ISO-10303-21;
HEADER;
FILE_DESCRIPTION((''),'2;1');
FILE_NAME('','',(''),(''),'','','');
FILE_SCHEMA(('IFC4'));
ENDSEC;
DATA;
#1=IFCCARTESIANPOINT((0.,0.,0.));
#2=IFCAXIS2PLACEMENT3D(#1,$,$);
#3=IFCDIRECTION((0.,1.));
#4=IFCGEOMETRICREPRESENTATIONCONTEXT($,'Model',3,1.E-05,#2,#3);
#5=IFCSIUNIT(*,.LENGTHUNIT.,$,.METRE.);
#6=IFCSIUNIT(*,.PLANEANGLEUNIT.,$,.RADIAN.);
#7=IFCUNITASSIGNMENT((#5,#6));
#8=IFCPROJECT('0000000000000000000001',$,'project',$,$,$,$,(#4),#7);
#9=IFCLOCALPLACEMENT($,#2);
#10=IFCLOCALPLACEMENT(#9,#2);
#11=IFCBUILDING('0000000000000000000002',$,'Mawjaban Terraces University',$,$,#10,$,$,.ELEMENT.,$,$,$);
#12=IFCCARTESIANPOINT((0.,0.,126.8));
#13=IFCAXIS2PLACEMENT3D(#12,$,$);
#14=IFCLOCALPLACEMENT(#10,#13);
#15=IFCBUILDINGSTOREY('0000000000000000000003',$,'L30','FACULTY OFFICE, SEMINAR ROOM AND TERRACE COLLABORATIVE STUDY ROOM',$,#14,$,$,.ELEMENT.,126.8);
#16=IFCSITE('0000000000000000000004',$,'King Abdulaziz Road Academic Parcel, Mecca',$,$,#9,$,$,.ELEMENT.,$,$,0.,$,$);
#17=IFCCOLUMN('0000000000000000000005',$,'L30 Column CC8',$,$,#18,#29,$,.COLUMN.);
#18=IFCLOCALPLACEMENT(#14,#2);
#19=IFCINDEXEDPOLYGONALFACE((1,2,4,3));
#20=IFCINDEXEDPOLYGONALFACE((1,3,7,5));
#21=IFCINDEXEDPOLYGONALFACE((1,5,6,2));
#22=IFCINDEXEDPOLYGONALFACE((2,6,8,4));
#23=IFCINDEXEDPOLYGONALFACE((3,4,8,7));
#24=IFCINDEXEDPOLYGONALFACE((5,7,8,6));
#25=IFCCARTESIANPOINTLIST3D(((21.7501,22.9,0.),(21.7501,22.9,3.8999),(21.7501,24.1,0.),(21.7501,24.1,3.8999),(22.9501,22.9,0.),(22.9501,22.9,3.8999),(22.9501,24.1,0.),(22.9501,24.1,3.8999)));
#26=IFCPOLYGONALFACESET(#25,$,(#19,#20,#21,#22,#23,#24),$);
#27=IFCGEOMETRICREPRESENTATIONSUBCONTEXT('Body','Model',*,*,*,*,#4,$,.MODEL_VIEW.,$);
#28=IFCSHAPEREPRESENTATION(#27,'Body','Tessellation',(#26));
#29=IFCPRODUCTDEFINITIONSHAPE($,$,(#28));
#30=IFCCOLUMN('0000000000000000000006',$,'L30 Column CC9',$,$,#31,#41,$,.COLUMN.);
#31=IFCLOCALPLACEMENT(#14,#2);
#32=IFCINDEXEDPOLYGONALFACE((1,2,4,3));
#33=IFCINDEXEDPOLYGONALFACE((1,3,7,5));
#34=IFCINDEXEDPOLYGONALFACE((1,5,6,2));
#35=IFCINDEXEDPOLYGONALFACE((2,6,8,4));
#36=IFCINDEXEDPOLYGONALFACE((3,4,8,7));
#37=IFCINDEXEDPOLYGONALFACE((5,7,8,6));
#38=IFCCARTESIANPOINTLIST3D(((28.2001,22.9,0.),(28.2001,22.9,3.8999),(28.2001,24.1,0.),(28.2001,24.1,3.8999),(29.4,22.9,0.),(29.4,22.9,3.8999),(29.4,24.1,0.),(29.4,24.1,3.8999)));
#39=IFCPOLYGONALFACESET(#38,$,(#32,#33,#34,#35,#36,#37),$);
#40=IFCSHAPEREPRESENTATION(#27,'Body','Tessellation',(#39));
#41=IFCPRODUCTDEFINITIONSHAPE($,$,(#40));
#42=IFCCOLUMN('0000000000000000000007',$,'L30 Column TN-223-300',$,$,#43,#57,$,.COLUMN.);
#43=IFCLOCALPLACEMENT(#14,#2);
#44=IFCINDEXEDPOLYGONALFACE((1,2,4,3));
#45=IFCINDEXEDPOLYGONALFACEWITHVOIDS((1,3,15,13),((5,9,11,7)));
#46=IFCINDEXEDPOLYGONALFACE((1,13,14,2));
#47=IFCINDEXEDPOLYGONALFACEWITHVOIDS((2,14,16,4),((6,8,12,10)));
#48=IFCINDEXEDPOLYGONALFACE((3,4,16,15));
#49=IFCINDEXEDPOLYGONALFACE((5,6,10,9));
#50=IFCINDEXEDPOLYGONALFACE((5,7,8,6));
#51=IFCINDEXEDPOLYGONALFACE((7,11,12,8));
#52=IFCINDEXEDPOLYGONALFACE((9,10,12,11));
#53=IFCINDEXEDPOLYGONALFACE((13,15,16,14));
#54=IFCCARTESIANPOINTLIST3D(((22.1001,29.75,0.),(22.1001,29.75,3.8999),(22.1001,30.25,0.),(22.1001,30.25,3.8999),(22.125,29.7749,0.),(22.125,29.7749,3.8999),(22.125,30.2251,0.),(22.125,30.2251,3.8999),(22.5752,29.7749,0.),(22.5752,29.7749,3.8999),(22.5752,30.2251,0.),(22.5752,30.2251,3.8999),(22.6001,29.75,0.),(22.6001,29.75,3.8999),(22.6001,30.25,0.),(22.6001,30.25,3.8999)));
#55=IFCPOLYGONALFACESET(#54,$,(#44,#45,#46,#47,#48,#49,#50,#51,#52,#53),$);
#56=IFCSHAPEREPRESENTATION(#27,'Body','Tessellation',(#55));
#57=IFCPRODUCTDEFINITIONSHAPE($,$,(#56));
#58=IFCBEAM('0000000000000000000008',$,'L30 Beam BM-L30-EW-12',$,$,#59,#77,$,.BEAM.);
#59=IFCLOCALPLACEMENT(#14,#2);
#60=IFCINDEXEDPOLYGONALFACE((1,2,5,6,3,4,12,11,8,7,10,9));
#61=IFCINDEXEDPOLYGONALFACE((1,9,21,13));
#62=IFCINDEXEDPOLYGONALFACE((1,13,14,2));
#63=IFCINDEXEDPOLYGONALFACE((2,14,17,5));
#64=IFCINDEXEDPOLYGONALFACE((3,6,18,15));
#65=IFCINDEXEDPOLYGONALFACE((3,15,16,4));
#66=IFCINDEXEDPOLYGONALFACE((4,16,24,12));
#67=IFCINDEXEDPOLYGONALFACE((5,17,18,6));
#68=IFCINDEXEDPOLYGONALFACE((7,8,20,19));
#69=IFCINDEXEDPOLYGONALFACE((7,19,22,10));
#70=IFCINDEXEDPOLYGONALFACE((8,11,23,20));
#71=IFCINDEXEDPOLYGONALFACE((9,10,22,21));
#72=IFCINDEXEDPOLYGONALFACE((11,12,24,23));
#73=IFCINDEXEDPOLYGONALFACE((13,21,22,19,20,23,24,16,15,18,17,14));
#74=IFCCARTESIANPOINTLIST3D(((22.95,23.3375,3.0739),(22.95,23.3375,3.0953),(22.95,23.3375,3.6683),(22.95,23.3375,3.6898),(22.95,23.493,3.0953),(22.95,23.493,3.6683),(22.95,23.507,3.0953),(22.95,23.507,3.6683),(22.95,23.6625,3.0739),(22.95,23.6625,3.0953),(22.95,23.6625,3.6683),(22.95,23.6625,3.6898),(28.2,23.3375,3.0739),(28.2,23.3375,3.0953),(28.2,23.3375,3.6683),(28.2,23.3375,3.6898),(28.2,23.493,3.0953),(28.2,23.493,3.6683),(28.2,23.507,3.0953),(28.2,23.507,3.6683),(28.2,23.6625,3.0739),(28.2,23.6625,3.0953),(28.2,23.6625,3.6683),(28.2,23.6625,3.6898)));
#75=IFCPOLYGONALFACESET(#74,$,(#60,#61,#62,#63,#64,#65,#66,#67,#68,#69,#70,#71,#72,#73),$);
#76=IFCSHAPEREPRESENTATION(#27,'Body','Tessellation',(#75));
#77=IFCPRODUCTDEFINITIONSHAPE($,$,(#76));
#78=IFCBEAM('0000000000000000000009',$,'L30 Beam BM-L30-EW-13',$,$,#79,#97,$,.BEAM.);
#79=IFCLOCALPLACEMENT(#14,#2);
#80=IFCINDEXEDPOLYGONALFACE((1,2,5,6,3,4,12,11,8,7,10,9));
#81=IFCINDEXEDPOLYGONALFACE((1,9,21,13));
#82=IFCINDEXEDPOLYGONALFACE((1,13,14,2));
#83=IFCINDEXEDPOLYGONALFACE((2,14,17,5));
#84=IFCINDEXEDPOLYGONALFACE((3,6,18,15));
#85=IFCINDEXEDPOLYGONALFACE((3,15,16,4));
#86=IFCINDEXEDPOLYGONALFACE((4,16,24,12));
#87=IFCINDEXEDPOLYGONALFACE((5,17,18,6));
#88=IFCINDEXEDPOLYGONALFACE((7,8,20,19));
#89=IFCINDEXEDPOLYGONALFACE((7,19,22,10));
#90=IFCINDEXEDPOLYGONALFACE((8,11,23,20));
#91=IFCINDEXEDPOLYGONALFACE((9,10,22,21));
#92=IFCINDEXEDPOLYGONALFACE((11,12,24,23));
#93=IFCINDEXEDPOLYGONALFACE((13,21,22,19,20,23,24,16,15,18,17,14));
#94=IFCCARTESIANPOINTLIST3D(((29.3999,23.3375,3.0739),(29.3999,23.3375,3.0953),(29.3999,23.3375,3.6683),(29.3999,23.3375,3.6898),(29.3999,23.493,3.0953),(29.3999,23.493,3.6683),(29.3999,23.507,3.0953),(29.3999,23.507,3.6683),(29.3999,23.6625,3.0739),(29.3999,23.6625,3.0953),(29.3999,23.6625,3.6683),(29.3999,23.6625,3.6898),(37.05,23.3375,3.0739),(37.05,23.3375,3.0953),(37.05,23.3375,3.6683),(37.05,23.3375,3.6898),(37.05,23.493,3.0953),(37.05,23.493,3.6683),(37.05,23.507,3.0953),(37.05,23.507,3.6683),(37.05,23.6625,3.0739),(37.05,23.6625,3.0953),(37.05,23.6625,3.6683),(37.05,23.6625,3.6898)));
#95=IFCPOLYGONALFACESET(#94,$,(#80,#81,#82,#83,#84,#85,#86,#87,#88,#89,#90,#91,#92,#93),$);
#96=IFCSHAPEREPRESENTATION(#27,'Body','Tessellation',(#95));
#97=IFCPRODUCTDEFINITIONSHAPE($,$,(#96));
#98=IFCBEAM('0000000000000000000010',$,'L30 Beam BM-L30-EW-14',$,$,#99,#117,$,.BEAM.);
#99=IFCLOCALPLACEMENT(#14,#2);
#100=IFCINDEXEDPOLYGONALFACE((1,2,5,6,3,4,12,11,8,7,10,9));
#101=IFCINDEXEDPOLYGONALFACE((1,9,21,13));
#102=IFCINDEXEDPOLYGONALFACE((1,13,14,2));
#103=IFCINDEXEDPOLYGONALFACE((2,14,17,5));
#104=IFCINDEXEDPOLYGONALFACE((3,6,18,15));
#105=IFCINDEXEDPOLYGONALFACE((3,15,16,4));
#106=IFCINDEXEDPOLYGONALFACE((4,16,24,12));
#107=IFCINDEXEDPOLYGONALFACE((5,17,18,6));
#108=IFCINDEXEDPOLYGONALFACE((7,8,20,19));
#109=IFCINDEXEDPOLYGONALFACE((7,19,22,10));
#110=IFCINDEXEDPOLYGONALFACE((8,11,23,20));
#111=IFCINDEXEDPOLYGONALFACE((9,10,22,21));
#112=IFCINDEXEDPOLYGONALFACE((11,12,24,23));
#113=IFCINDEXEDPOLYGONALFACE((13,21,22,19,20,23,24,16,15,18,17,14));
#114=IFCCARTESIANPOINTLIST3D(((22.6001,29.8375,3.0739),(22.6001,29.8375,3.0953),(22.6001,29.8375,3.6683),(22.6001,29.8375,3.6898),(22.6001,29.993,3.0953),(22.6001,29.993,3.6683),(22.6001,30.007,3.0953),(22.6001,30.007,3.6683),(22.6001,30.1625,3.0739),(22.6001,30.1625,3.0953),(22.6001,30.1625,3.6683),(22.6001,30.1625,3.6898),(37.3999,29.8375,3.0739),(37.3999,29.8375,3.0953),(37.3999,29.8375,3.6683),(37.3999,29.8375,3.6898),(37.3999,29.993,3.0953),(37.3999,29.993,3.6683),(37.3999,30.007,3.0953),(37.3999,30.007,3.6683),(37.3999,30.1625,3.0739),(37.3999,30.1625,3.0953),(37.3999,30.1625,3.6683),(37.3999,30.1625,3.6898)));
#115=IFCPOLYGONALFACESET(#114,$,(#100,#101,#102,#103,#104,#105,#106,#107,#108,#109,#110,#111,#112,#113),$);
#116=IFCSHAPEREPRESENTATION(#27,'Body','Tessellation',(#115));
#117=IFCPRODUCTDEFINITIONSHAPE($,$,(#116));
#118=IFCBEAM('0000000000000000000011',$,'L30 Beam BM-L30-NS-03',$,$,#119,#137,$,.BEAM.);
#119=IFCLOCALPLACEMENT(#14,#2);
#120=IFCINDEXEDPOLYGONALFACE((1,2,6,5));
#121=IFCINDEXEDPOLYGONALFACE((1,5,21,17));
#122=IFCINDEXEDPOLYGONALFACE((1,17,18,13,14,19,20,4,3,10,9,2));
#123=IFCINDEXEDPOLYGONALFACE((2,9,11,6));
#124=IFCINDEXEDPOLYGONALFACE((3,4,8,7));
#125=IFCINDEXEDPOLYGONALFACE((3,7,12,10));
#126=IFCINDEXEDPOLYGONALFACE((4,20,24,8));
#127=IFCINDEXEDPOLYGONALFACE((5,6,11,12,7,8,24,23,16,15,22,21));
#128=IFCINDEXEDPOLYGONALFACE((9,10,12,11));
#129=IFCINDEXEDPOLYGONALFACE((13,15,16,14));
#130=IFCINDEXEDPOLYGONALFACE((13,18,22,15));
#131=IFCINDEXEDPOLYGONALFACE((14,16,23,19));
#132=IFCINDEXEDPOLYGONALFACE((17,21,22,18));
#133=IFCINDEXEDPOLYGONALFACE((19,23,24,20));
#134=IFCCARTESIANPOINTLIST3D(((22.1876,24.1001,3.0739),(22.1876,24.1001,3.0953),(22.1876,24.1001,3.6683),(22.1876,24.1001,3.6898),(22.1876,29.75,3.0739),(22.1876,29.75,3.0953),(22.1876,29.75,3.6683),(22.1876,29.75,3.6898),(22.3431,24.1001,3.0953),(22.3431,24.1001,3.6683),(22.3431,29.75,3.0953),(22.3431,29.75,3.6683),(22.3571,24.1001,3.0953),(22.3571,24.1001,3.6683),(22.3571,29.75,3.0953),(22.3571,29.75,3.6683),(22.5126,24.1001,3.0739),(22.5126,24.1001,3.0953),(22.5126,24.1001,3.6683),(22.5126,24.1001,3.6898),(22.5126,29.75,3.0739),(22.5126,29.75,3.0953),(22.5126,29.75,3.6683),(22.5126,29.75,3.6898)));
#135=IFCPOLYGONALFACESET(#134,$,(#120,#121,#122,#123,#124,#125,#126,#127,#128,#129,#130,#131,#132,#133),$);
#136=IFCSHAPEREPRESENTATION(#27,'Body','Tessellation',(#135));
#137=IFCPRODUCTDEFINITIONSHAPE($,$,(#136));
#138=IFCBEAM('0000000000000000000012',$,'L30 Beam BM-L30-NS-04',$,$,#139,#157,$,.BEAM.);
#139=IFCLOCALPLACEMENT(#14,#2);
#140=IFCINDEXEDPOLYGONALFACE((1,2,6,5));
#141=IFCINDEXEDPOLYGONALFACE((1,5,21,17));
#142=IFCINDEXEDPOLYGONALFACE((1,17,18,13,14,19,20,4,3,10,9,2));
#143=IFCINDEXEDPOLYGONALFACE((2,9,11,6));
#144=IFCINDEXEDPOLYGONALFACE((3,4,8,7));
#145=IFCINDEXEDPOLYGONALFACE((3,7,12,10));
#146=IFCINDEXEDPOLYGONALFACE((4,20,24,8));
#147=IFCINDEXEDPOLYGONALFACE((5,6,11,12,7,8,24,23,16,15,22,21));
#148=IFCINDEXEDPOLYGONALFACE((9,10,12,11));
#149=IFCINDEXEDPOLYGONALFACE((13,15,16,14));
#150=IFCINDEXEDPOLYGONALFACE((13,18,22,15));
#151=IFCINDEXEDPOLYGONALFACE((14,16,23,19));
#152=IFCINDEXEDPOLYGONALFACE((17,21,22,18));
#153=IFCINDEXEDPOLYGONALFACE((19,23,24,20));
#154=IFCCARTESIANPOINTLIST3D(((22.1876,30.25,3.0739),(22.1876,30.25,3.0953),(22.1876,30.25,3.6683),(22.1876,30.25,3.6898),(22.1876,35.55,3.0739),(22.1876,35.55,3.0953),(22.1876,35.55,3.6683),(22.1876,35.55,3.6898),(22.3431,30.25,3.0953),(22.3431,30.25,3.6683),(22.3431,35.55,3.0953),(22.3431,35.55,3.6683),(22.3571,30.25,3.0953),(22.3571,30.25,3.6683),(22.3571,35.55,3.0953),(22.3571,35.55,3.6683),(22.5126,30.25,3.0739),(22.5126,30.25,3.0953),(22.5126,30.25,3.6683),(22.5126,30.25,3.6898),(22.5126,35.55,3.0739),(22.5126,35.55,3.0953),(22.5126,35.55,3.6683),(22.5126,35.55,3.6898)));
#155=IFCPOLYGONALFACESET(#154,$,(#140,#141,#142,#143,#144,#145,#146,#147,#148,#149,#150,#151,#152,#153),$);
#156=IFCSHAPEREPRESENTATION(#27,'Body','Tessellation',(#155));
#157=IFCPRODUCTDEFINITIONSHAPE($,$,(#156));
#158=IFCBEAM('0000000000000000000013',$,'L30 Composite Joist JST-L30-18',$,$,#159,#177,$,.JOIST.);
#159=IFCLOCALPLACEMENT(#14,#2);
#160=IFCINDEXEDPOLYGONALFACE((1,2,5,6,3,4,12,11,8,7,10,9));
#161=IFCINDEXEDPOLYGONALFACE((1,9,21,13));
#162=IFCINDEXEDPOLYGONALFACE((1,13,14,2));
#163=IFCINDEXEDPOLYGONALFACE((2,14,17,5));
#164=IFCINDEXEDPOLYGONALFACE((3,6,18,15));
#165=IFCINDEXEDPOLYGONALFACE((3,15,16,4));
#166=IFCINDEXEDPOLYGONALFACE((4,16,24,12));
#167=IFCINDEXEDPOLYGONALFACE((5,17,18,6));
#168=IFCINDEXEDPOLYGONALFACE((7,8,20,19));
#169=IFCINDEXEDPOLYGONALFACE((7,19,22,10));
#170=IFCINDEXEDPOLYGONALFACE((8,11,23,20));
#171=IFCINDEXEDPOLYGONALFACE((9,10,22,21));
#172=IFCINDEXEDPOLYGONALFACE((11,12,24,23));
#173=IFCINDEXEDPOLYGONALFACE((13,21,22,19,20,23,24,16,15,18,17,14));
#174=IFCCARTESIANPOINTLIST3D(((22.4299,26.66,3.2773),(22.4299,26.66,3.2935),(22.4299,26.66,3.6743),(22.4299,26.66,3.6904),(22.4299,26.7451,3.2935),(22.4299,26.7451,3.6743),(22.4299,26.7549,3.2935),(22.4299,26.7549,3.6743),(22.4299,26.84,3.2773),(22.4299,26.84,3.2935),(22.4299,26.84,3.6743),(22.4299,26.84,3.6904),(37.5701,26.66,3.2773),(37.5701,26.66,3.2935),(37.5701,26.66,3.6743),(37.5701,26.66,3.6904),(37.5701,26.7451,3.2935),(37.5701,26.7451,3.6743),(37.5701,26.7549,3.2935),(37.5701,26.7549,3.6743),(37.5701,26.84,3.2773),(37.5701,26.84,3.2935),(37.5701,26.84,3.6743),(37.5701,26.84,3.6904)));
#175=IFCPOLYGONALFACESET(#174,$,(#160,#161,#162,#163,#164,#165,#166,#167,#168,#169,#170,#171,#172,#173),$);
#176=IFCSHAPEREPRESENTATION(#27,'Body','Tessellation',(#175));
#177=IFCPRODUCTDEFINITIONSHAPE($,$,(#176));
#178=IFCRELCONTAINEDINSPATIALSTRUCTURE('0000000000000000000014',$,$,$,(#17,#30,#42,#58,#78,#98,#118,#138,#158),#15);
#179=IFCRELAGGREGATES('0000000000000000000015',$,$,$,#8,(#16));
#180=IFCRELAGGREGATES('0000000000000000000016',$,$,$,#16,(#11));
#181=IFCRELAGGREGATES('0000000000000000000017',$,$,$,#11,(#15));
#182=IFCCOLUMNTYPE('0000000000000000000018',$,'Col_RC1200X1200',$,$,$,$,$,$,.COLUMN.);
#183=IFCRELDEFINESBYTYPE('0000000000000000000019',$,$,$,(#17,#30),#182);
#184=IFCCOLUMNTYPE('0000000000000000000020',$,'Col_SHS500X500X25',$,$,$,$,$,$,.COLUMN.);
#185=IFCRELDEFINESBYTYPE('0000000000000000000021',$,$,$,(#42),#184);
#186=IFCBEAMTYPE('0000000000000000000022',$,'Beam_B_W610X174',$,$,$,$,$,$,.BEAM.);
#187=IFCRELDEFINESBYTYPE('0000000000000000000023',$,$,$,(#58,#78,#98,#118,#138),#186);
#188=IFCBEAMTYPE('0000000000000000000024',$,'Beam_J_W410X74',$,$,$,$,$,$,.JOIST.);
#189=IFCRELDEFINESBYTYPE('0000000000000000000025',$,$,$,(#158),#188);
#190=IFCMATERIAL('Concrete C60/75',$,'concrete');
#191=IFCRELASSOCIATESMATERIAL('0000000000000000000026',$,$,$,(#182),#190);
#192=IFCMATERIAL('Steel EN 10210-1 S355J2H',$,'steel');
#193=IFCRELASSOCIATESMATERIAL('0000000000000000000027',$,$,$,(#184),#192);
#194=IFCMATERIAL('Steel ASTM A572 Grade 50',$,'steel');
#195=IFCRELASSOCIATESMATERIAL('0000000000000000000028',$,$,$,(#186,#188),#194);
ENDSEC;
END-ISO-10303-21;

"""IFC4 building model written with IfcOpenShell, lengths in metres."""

from ifc_helpers import new_model, si_unit, direction, frame, origin, origin_2d, place, context, subcontext, project, spatial, rectangle, hollow_rectangle, i_section, extrude, material, material_profile, profile_set, type_object, element, save


model = new_model("IFC4")

# Units and contexts
model_context = context("Model", 3, precision=1e-05, world=origin(), true_north=direction((0.0, 1.0)))
body_context = subcontext(model_context, "Body", "Model", "MODEL_VIEW")
ifc_project = project(units=[si_unit("LENGTHUNIT", "METRE"), si_unit("PLANEANGLEUNIT", "RADIAN")], contexts=[model_context])

# Site, building, storey
site_placement = place(None, origin())
site = spatial("IfcSite", under=ifc_project, at=site_placement, Name="King Abdulaziz Road Academic Parcel, Mecca", CompositionType="ELEMENT", RefElevation=0.0)
building_placement = place(site_placement, origin())
building = spatial("IfcBuilding", under=site, at=building_placement, Name="Mawjaban Terraces University", CompositionType="ELEMENT")
storey_placement = place(building_placement, frame((0.0, 0.0, 126.8)))
storey = spatial("IfcBuildingStorey", under=building, at=storey_placement, Name="L30", Description="FACULTY OFFICE, SEMINAR ROOM AND TERRACE COLLABORATIVE STUDY ROOM", CompositionType="ELEMENT", Elevation=126.8)

# Columns
ifc_material_1 = material(Name="Concrete C60/75", Category="concrete")
ifc_material_profile_1 = material_profile(ifc_material_1, rectangle(XDim=1.2, YDim=1.2, at=origin_2d()), Name="RC1200X1200")
ifc_profile_set_1 = profile_set([ifc_material_profile_1], Name="Concrete C60/75")
column_type_1 = type_object("IfcColumnType", Name="Col_RC1200X1200", PredefinedType="COLUMN", material=ifc_profile_set_1)
for number, where, z_axis, x_axis, name in (
    (1, (22.3501, 23.5, 0.0), (0.0, 0.0, 1.0), (1.0, 0.0, 0.0), "L30 Column CC8"),
    (2, (28.8, 23.5, 0.0), (0.0, 0.0, 1.0), (1.0, 0.0, 0.0), "L30 Column CC9"),
):
    element("IfcColumn", number, at=place(storey_placement, frame(where, z_axis=z_axis, x_axis=x_axis)), inside=storey, type_object=column_type_1, Name=name, PredefinedType="COLUMN", context=body_context, shape_type="SweptSolid", body=[
        extrude(rectangle(XDim=1.2, YDim=1.2, at=origin_2d()), origin(), (0.0, 0.0, 1.0), 3.8999),
    ])
ifc_material_2 = material(Name="Steel EN 10210-1 S355J2H", Category="steel")
ifc_material_profile_2 = material_profile(ifc_material_2, hollow_rectangle(XDim=0.5, YDim=0.5, WallThickness=0.0249, at=origin_2d()), Name="SHS500X500X25")
ifc_profile_set_2 = profile_set([ifc_material_profile_2], Name="Steel EN 10210-1 S355J2H")
column_type_2 = type_object("IfcColumnType", Name="Col_SHS500X500X25", PredefinedType="COLUMN", material=ifc_profile_set_2)
column_placement = place(storey_placement, frame((22.3501, 30.0, 0.0), z_axis=(0.0, 0.0, 1.0), x_axis=(1.0, 0.0, 0.0)))
element("IfcColumn", 3, at=column_placement, inside=storey, type_object=column_type_2, Name="L30 Column TN-223-300", PredefinedType="COLUMN", context=body_context, shape_type="SweptSolid", body=[
    extrude(hollow_rectangle(XDim=0.5, YDim=0.5, WallThickness=0.0249, at=origin_2d()), origin(), (0.0, 0.0, 1.0), 3.8999),
])

# Beams
ifc_material_3 = material(Name="Steel ASTM A572 Grade 50", Category="steel")
ifc_material_profile_3 = material_profile(ifc_material_3, i_section(OverallWidth=0.325, OverallDepth=0.616, WebThickness=0.0139, FlangeThickness=0.0215, at=origin_2d()), Name="W610X174")
ifc_profile_set_3 = profile_set([ifc_material_profile_3], Name="Steel ASTM A572 Grade 50")
beam_type_1 = type_object("IfcBeamType", Name="Beam_B_W610X174", PredefinedType="BEAM", material=ifc_profile_set_3)
beam_1_placement = place(storey_placement, frame((22.95, 23.5, 3.3818), z_axis=(1.0, 0.0, 0.0), x_axis=(0.0, 1.0, 0.0)))
element("IfcBeam", 4, at=beam_1_placement, inside=storey, type_object=beam_type_1, Name="L30 Beam BM-L30-EW-12", PredefinedType="BEAM", context=body_context, shape_type="SweptSolid", body=[
    extrude(i_section(OverallWidth=0.325, OverallDepth=0.616, WebThickness=0.0139, FlangeThickness=0.0215, at=origin_2d()), origin(), (0.0, 0.0, 1.0), 5.25),
])
beam_2_placement = place(storey_placement, frame((29.3999, 23.5, 3.3818), z_axis=(1.0, 0.0, 0.0), x_axis=(0.0, 1.0, 0.0)))
element("IfcBeam", 5, at=beam_2_placement, inside=storey, type_object=beam_type_1, Name="L30 Beam BM-L30-EW-13", PredefinedType="BEAM", context=body_context, shape_type="SweptSolid", body=[
    extrude(i_section(OverallWidth=0.325, OverallDepth=0.616, WebThickness=0.0139, FlangeThickness=0.0215, at=origin_2d()), origin(), (0.0, 0.0, 1.0), 7.6501),
])
beam_3_placement = place(storey_placement, frame((22.6001, 30.0, 3.3818), z_axis=(1.0, 0.0, 0.0), x_axis=(0.0, 1.0, 0.0)))
element("IfcBeam", 6, at=beam_3_placement, inside=storey, type_object=beam_type_1, Name="L30 Beam BM-L30-EW-14", PredefinedType="BEAM", context=body_context, shape_type="SweptSolid", body=[
    extrude(i_section(OverallWidth=0.325, OverallDepth=0.616, WebThickness=0.0139, FlangeThickness=0.0215, at=origin_2d()), origin(), (0.0, 0.0, 1.0), 14.7998),
])
beam_4_placement = place(storey_placement, frame((22.3501, 24.1001, 3.3818), z_axis=(0.0, 1.0, 0.0), x_axis=(-1.0, 0.0, 0.0)))
element("IfcBeam", 7, at=beam_4_placement, inside=storey, type_object=beam_type_1, Name="L30 Beam BM-L30-NS-03", PredefinedType="BEAM", context=body_context, shape_type="SweptSolid", body=[
    extrude(i_section(OverallWidth=0.325, OverallDepth=0.616, WebThickness=0.0139, FlangeThickness=0.0215, at=origin_2d()), origin(), (0.0, 0.0, 1.0), 5.6499),
])
beam_5_placement = place(storey_placement, frame((22.3501, 30.25, 3.3818), z_axis=(0.0, 1.0, 0.0), x_axis=(-1.0, 0.0, 0.0)))
element("IfcBeam", 8, at=beam_5_placement, inside=storey, type_object=beam_type_1, Name="L30 Beam BM-L30-NS-04", PredefinedType="BEAM", context=body_context, shape_type="SweptSolid", body=[
    extrude(i_section(OverallWidth=0.325, OverallDepth=0.616, WebThickness=0.0139, FlangeThickness=0.0215, at=origin_2d()), origin(), (0.0, 0.0, 1.0), 5.3),
])
ifc_material_profile_4 = material_profile(ifc_material_3, i_section(OverallWidth=0.1799, OverallDepth=0.4131, WebThickness=0.0098, FlangeThickness=0.0161, at=origin_2d()), Name="W410X74")
ifc_profile_set_4 = profile_set([ifc_material_profile_4], Name="Steel ASTM A572 Grade 50")
beam_type_2 = type_object("IfcBeamType", Name="Beam_J_W410X74", PredefinedType="JOIST", material=ifc_profile_set_4)
beam_6_placement = place(storey_placement, frame((22.4299, 26.75, 3.4839), z_axis=(1.0, 0.0, 0.0), x_axis=(0.0, 1.0, 0.0)))
element("IfcBeam", 9, at=beam_6_placement, inside=storey, type_object=beam_type_2, Name="L30 Composite Joist JST-L30-18", PredefinedType="JOIST", context=body_context, shape_type="SweptSolid", body=[
    extrude(i_section(OverallWidth=0.1799, OverallDepth=0.4131, WebThickness=0.0098, FlangeThickness=0.0161, at=origin_2d()), origin(), (0.0, 0.0, 1.0), 15.1401),
])

save(model, "model.ifc")
